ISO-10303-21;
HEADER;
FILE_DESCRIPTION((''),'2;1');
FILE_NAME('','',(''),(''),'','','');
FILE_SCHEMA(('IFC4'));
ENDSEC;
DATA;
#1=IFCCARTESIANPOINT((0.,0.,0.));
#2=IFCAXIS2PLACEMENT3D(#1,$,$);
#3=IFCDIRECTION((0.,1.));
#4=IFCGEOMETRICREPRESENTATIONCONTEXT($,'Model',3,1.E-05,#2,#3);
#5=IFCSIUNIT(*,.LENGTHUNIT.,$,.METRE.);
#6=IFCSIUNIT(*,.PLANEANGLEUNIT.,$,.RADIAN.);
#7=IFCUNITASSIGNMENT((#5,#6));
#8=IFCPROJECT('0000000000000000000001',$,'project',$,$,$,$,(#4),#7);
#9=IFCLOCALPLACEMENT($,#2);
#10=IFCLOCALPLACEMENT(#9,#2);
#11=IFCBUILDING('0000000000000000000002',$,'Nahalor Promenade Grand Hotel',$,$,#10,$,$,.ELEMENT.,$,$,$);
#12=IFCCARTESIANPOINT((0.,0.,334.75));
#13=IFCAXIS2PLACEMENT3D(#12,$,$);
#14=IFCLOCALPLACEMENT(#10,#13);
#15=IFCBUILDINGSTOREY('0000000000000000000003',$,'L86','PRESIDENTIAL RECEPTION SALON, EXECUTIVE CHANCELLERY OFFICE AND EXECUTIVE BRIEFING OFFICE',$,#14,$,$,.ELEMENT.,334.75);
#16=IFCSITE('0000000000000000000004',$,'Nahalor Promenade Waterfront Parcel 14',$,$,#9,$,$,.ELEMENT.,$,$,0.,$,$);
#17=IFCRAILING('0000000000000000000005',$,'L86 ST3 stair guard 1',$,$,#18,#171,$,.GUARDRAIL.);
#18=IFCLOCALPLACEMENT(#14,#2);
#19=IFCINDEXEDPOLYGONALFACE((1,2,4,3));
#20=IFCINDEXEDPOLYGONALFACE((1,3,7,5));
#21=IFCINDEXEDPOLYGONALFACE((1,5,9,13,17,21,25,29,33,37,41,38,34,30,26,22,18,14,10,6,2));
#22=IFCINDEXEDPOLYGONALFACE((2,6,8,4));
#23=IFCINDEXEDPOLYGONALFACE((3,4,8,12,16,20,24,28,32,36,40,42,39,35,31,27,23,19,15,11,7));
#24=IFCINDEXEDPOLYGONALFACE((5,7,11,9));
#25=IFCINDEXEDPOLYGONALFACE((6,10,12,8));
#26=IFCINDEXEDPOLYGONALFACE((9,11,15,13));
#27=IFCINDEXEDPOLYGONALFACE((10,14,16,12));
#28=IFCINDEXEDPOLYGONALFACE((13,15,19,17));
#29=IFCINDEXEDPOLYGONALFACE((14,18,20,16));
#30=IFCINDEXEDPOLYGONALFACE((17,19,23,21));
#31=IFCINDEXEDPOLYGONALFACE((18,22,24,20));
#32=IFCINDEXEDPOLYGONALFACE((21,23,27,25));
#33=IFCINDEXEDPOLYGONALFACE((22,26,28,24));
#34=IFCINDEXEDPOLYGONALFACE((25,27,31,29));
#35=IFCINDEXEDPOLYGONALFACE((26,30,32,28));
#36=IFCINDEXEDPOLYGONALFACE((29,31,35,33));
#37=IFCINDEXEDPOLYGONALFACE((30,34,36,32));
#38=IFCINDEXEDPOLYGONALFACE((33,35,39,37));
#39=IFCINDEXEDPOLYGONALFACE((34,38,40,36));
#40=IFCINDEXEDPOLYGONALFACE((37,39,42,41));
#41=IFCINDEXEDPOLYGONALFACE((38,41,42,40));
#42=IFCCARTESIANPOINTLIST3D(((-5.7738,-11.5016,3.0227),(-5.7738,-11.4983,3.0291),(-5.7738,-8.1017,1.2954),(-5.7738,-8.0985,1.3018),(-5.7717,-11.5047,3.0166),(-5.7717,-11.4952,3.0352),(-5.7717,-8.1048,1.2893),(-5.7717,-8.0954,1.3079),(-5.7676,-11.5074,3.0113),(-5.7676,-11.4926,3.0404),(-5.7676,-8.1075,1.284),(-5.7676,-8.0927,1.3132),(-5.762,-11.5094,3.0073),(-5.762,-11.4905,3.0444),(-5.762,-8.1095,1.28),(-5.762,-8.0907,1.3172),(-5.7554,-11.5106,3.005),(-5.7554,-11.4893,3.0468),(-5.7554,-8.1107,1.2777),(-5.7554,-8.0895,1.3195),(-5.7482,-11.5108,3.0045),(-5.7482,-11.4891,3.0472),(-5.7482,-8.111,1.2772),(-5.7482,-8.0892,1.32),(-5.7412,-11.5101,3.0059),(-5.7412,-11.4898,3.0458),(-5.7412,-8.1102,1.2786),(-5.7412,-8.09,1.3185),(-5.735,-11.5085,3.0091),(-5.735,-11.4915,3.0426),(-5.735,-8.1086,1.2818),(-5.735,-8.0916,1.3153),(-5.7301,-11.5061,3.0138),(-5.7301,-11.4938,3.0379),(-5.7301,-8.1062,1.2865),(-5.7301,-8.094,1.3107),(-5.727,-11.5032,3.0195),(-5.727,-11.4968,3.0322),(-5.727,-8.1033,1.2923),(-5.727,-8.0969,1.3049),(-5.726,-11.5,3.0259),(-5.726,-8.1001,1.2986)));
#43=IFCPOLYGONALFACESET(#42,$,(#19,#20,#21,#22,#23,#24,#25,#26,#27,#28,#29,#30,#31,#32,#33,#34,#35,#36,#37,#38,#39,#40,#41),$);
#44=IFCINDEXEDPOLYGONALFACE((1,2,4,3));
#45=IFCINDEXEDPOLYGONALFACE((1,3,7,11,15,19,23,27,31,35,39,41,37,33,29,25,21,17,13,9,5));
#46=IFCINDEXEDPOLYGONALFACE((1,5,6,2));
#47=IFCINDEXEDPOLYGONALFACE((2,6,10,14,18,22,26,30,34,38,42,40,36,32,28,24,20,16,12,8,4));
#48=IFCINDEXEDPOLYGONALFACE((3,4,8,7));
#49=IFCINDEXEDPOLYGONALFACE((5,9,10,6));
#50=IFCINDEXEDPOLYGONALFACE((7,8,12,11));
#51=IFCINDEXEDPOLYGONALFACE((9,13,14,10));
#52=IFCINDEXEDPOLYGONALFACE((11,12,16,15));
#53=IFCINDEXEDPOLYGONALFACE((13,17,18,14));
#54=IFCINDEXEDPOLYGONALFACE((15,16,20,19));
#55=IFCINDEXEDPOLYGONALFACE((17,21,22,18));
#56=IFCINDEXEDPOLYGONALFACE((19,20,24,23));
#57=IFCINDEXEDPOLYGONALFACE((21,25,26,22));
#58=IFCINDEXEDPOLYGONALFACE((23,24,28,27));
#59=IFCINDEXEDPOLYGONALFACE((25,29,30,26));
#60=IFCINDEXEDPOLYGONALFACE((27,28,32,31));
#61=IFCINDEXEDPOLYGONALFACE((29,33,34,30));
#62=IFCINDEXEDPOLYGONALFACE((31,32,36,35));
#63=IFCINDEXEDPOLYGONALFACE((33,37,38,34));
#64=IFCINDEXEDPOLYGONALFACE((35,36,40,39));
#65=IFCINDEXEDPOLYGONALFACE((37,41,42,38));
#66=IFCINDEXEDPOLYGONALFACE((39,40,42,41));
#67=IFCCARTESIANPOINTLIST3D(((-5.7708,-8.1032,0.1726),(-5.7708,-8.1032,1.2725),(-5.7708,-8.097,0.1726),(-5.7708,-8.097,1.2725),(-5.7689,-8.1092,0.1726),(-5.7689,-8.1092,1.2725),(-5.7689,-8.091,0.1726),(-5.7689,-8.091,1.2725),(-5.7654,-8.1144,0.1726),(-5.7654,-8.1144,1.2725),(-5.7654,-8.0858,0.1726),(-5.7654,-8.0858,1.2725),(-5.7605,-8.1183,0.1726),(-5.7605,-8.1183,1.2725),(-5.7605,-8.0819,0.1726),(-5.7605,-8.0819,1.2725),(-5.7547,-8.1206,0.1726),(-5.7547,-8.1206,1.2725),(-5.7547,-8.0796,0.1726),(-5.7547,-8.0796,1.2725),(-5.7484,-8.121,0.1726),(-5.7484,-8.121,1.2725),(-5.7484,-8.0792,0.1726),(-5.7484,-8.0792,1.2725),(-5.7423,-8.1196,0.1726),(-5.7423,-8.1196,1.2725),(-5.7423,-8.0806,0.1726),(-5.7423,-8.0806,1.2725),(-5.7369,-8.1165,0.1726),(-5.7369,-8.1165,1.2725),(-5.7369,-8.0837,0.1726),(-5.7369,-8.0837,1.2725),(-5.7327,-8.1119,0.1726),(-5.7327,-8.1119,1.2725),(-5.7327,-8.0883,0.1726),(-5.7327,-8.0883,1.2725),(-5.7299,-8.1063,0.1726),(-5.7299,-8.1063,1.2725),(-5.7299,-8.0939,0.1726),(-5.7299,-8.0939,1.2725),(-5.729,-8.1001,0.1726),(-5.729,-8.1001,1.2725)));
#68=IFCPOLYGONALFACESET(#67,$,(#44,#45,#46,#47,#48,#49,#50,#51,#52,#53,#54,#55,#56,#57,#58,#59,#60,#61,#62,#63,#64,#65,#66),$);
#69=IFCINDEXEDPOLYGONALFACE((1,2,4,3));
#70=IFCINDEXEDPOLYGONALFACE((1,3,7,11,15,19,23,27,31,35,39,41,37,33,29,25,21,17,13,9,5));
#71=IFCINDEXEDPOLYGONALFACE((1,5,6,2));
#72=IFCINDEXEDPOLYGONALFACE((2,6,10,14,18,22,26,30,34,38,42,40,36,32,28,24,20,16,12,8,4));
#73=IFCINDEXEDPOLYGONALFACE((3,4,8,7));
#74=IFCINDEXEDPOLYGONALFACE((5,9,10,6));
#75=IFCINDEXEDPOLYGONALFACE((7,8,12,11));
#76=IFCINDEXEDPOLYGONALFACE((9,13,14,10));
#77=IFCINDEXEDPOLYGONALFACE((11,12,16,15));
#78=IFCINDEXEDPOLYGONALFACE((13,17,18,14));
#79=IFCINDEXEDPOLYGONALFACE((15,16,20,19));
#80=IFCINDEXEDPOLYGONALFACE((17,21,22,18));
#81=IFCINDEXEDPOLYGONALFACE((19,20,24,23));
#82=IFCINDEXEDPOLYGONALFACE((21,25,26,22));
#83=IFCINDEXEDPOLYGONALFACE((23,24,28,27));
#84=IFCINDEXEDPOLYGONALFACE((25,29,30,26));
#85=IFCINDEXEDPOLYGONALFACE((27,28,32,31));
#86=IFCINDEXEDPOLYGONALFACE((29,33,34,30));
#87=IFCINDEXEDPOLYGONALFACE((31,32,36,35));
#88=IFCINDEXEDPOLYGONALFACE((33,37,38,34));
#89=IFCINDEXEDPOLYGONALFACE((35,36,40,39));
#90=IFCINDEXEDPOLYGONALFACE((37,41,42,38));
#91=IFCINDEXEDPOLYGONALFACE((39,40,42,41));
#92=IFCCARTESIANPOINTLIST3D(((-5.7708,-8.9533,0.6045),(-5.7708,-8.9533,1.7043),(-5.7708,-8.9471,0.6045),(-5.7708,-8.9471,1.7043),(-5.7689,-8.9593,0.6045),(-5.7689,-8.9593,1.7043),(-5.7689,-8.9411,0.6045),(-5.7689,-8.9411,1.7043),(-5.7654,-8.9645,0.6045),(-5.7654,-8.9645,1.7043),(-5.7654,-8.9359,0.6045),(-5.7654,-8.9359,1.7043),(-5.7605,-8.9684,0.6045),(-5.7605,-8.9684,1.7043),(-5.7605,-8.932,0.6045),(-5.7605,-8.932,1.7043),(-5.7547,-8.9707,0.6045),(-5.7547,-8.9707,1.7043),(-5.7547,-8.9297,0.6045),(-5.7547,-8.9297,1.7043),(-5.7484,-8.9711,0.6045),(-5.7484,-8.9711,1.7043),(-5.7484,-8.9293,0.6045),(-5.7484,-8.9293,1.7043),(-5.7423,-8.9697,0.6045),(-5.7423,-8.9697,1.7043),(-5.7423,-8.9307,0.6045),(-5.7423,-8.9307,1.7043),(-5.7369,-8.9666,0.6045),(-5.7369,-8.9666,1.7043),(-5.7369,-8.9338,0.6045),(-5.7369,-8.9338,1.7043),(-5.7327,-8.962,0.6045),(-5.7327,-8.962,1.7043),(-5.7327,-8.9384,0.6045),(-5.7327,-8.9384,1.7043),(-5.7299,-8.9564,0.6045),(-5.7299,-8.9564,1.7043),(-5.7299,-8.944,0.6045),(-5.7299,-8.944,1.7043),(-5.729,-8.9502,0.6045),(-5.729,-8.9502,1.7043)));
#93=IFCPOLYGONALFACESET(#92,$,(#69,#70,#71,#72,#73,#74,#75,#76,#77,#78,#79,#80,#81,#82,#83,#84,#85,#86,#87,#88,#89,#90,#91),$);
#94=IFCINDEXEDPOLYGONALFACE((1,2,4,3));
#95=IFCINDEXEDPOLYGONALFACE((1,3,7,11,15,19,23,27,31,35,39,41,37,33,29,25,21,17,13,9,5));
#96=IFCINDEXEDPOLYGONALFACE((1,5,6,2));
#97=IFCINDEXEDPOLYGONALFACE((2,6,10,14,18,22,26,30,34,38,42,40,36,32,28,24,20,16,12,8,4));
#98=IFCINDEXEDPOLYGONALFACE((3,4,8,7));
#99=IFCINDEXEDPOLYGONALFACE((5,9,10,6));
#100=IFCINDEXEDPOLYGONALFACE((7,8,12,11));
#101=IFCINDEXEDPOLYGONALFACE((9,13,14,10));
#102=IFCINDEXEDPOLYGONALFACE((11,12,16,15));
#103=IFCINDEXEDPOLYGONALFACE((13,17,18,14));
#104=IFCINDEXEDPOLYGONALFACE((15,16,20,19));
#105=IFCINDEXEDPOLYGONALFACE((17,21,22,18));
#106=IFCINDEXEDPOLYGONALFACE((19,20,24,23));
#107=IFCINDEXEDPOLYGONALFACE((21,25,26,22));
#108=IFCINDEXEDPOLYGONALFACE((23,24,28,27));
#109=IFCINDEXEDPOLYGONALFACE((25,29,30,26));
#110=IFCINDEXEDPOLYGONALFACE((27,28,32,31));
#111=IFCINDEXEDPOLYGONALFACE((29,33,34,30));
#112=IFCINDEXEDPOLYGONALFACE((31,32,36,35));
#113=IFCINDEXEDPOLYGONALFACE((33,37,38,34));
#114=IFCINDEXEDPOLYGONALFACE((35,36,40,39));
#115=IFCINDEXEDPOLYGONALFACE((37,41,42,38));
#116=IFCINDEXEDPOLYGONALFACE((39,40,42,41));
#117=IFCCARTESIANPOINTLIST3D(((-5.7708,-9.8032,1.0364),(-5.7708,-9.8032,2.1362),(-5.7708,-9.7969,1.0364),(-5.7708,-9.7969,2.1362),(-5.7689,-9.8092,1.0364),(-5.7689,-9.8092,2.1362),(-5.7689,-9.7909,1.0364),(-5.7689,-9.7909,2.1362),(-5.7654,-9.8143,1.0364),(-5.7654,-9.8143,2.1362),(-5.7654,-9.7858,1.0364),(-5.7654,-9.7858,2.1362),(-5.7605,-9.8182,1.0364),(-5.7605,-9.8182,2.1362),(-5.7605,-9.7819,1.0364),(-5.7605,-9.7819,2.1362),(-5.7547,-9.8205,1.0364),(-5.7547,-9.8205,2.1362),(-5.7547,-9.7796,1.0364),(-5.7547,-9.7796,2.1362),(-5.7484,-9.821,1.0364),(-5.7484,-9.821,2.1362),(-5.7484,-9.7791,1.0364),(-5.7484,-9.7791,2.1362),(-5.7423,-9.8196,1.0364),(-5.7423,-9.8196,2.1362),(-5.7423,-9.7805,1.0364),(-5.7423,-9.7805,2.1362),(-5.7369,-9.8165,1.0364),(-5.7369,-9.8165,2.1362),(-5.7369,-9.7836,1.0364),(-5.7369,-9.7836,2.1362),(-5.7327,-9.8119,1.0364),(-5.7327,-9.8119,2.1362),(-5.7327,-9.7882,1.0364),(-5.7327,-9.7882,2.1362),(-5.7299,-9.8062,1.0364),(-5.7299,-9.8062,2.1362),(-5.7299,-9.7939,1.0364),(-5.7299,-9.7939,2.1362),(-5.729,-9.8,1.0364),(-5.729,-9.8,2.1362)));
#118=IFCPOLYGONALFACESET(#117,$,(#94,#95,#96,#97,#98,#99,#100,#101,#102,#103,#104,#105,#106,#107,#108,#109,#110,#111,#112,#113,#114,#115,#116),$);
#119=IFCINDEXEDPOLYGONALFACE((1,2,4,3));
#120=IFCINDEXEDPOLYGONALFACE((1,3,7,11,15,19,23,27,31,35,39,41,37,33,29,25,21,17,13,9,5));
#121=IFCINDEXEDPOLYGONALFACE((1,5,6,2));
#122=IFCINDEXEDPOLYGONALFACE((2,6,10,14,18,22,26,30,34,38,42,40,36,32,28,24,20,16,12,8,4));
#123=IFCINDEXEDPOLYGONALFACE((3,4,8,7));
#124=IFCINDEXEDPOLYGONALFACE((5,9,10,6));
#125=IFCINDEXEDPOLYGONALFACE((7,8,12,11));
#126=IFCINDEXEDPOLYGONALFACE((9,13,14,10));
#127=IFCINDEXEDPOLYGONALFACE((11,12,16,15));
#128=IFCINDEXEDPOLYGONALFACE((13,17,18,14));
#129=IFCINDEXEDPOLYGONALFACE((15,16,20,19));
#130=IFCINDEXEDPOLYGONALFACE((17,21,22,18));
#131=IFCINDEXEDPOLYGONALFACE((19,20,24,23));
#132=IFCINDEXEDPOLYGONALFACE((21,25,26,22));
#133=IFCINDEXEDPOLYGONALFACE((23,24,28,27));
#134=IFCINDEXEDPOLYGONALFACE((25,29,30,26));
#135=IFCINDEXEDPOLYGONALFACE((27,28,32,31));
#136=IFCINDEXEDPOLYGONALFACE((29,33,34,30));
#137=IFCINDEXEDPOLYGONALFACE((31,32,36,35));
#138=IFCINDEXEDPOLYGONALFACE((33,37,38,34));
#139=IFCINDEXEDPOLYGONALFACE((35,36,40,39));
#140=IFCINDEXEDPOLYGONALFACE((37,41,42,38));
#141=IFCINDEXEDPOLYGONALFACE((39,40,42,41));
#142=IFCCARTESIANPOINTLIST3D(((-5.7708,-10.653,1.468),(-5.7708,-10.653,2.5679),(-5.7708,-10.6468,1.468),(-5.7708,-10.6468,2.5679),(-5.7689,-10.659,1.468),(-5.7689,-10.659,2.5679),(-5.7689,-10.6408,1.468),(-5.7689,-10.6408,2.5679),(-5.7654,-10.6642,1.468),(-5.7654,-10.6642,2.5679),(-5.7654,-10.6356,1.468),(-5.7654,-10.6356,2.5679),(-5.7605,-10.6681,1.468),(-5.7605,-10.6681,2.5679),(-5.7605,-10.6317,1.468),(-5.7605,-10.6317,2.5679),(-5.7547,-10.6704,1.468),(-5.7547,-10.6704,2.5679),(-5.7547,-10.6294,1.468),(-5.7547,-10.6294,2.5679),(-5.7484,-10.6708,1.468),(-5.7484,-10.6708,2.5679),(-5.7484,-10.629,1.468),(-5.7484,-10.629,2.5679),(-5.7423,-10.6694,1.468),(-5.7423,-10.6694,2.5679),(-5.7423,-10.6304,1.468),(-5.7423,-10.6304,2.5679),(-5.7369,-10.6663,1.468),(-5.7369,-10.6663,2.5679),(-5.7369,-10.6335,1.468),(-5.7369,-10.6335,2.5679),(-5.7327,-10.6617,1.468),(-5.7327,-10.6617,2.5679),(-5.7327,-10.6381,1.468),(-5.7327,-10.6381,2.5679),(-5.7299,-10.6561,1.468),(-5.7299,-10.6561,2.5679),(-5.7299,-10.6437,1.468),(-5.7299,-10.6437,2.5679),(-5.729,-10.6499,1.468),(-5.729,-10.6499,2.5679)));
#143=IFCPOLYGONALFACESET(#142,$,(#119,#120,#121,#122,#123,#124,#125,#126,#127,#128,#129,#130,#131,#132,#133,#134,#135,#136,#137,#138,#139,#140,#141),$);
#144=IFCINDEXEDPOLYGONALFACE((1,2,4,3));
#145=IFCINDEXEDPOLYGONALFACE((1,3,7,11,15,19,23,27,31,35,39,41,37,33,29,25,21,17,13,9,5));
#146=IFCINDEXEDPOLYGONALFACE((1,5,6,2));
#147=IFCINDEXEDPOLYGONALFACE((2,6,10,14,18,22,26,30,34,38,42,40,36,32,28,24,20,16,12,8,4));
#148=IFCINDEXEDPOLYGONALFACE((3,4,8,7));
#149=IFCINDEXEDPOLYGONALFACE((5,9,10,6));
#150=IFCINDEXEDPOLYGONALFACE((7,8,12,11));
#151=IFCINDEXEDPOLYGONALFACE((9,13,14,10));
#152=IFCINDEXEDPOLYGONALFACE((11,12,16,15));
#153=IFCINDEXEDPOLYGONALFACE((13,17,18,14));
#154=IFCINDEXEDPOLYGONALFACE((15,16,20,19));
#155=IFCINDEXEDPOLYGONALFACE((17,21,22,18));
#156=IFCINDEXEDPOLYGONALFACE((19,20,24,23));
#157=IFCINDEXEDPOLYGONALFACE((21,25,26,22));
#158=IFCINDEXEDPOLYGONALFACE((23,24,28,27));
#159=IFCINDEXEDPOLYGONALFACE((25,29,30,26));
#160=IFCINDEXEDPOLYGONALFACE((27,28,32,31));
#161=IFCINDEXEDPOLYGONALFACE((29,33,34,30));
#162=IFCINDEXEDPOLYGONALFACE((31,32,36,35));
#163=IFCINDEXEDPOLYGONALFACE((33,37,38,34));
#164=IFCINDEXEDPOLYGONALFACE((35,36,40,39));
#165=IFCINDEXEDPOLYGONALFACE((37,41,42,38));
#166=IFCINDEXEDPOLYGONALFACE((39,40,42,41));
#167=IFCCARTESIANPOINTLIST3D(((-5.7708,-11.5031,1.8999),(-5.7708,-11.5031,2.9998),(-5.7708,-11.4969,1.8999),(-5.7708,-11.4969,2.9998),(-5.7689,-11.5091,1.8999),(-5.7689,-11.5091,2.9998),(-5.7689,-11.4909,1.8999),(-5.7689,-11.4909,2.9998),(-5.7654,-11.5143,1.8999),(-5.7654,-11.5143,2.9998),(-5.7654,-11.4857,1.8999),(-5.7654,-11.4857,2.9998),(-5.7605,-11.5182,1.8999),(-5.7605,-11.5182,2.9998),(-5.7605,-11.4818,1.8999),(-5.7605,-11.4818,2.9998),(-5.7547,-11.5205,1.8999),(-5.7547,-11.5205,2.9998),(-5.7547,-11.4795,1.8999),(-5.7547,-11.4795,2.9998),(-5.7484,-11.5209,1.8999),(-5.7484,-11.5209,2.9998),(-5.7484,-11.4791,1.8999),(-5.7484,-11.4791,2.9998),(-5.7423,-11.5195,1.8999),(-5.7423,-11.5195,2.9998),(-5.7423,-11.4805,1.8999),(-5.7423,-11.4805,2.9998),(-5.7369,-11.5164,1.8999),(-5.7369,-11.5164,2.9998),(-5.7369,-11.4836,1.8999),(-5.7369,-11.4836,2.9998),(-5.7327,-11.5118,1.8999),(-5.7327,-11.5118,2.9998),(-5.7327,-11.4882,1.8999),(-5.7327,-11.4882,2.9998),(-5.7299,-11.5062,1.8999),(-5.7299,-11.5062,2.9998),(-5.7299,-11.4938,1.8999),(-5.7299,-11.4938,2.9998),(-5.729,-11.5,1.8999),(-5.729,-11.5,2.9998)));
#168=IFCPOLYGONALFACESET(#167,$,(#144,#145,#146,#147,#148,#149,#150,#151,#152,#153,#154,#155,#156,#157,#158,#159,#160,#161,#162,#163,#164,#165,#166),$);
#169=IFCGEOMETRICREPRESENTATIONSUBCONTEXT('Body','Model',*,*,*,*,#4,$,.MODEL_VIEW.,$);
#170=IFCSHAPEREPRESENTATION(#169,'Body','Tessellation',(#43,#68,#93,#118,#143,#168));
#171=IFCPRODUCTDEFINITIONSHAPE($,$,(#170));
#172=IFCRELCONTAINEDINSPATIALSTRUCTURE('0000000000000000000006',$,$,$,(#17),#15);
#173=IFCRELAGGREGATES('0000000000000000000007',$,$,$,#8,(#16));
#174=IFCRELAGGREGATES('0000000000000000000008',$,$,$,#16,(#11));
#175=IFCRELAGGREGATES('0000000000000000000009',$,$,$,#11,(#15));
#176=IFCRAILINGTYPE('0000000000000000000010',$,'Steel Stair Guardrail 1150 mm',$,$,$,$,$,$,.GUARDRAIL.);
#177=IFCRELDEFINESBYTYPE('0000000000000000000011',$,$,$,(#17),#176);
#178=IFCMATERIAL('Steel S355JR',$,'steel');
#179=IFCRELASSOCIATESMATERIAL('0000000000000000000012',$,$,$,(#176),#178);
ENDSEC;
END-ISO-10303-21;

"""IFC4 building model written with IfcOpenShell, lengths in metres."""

from ifc_helpers import new_model, si_unit, direction, frame, origin, origin_2d, place, context, subcontext, project, spatial, circle, extrude, material, type_object, element, save


model = new_model("IFC4")

# Units and contexts
model_context = context("Model", 3, precision=1e-05, world=origin(), true_north=direction((0.0, 1.0)))
body_context = subcontext(model_context, "Body", "Model", "MODEL_VIEW")
ifc_project = project(units=[si_unit("LENGTHUNIT", "METRE"), si_unit("PLANEANGLEUNIT", "RADIAN")], contexts=[model_context])

# Site, building, storey
site_placement = place(None, origin())
site = spatial("IfcSite", under=ifc_project, at=site_placement, Name="Nahalor Promenade Waterfront Parcel 14", CompositionType="ELEMENT", RefElevation=0.0)
building_placement = place(site_placement, origin())
building = spatial("IfcBuilding", under=site, at=building_placement, Name="Nahalor Promenade Grand Hotel", CompositionType="ELEMENT")
storey_placement = place(building_placement, frame((0.0, 0.0, 334.75)))
storey = spatial("IfcBuildingStorey", under=building, at=storey_placement, Name="L86", Description="PRESIDENTIAL RECEPTION SALON, EXECUTIVE CHANCELLERY OFFICE AND EXECUTIVE BRIEFING OFFICE", CompositionType="ELEMENT", Elevation=334.75)

# Shared definitions
ifc_material_1 = material(Name="Steel S355JR", Category="steel")

# Railing
railing_type_1 = type_object("IfcRailingType", Name="Steel Stair Guardrail 1150 mm", PredefinedType="GUARDRAIL", material=ifc_material_1)
railing_1_placement = place(storey_placement, frame((-5.75, -8.1001, 0.1726)))
element("IfcRailing", 1, at=railing_1_placement, inside=storey, type_object=railing_type_1, Name="L86 ST3 stair guard 1", PredefinedType="GUARDRAIL", context=body_context, shape_type="SweptSolid", body=[
    extrude(circle(Radius=0.024, at=origin_2d()), frame((0.0, 0.0, 1.126), z_axis=(0.0, -0.891541, 0.452941), x_axis=(1.0, 0.0, 0.0)), (0.0, 0.0, 1.0), 3.8135),
    extrude(circle(Radius=0.021, at=origin_2d()), origin(), (0.0, 0.0, 1.0), 1.0999),
    extrude(circle(Radius=0.021, at=origin_2d()), frame((0.0, -0.8501, 0.4319)), (0.0, 0.0, 1.0), 1.0999),
    extrude(circle(Radius=0.021, at=origin_2d()), frame((0.0, -1.7, 0.8638)), (0.0, 0.0, 1.0), 1.0999),
    extrude(circle(Radius=0.021, at=origin_2d()), frame((0.0, -2.5498, 1.2954)), (0.0, 0.0, 1.0), 1.0999),
    extrude(circle(Radius=0.021, at=origin_2d()), frame((0.0, -3.3999, 1.7273)), (0.0, 0.0, 1.0), 1.0999),
])

save(model, "model.ifc")
